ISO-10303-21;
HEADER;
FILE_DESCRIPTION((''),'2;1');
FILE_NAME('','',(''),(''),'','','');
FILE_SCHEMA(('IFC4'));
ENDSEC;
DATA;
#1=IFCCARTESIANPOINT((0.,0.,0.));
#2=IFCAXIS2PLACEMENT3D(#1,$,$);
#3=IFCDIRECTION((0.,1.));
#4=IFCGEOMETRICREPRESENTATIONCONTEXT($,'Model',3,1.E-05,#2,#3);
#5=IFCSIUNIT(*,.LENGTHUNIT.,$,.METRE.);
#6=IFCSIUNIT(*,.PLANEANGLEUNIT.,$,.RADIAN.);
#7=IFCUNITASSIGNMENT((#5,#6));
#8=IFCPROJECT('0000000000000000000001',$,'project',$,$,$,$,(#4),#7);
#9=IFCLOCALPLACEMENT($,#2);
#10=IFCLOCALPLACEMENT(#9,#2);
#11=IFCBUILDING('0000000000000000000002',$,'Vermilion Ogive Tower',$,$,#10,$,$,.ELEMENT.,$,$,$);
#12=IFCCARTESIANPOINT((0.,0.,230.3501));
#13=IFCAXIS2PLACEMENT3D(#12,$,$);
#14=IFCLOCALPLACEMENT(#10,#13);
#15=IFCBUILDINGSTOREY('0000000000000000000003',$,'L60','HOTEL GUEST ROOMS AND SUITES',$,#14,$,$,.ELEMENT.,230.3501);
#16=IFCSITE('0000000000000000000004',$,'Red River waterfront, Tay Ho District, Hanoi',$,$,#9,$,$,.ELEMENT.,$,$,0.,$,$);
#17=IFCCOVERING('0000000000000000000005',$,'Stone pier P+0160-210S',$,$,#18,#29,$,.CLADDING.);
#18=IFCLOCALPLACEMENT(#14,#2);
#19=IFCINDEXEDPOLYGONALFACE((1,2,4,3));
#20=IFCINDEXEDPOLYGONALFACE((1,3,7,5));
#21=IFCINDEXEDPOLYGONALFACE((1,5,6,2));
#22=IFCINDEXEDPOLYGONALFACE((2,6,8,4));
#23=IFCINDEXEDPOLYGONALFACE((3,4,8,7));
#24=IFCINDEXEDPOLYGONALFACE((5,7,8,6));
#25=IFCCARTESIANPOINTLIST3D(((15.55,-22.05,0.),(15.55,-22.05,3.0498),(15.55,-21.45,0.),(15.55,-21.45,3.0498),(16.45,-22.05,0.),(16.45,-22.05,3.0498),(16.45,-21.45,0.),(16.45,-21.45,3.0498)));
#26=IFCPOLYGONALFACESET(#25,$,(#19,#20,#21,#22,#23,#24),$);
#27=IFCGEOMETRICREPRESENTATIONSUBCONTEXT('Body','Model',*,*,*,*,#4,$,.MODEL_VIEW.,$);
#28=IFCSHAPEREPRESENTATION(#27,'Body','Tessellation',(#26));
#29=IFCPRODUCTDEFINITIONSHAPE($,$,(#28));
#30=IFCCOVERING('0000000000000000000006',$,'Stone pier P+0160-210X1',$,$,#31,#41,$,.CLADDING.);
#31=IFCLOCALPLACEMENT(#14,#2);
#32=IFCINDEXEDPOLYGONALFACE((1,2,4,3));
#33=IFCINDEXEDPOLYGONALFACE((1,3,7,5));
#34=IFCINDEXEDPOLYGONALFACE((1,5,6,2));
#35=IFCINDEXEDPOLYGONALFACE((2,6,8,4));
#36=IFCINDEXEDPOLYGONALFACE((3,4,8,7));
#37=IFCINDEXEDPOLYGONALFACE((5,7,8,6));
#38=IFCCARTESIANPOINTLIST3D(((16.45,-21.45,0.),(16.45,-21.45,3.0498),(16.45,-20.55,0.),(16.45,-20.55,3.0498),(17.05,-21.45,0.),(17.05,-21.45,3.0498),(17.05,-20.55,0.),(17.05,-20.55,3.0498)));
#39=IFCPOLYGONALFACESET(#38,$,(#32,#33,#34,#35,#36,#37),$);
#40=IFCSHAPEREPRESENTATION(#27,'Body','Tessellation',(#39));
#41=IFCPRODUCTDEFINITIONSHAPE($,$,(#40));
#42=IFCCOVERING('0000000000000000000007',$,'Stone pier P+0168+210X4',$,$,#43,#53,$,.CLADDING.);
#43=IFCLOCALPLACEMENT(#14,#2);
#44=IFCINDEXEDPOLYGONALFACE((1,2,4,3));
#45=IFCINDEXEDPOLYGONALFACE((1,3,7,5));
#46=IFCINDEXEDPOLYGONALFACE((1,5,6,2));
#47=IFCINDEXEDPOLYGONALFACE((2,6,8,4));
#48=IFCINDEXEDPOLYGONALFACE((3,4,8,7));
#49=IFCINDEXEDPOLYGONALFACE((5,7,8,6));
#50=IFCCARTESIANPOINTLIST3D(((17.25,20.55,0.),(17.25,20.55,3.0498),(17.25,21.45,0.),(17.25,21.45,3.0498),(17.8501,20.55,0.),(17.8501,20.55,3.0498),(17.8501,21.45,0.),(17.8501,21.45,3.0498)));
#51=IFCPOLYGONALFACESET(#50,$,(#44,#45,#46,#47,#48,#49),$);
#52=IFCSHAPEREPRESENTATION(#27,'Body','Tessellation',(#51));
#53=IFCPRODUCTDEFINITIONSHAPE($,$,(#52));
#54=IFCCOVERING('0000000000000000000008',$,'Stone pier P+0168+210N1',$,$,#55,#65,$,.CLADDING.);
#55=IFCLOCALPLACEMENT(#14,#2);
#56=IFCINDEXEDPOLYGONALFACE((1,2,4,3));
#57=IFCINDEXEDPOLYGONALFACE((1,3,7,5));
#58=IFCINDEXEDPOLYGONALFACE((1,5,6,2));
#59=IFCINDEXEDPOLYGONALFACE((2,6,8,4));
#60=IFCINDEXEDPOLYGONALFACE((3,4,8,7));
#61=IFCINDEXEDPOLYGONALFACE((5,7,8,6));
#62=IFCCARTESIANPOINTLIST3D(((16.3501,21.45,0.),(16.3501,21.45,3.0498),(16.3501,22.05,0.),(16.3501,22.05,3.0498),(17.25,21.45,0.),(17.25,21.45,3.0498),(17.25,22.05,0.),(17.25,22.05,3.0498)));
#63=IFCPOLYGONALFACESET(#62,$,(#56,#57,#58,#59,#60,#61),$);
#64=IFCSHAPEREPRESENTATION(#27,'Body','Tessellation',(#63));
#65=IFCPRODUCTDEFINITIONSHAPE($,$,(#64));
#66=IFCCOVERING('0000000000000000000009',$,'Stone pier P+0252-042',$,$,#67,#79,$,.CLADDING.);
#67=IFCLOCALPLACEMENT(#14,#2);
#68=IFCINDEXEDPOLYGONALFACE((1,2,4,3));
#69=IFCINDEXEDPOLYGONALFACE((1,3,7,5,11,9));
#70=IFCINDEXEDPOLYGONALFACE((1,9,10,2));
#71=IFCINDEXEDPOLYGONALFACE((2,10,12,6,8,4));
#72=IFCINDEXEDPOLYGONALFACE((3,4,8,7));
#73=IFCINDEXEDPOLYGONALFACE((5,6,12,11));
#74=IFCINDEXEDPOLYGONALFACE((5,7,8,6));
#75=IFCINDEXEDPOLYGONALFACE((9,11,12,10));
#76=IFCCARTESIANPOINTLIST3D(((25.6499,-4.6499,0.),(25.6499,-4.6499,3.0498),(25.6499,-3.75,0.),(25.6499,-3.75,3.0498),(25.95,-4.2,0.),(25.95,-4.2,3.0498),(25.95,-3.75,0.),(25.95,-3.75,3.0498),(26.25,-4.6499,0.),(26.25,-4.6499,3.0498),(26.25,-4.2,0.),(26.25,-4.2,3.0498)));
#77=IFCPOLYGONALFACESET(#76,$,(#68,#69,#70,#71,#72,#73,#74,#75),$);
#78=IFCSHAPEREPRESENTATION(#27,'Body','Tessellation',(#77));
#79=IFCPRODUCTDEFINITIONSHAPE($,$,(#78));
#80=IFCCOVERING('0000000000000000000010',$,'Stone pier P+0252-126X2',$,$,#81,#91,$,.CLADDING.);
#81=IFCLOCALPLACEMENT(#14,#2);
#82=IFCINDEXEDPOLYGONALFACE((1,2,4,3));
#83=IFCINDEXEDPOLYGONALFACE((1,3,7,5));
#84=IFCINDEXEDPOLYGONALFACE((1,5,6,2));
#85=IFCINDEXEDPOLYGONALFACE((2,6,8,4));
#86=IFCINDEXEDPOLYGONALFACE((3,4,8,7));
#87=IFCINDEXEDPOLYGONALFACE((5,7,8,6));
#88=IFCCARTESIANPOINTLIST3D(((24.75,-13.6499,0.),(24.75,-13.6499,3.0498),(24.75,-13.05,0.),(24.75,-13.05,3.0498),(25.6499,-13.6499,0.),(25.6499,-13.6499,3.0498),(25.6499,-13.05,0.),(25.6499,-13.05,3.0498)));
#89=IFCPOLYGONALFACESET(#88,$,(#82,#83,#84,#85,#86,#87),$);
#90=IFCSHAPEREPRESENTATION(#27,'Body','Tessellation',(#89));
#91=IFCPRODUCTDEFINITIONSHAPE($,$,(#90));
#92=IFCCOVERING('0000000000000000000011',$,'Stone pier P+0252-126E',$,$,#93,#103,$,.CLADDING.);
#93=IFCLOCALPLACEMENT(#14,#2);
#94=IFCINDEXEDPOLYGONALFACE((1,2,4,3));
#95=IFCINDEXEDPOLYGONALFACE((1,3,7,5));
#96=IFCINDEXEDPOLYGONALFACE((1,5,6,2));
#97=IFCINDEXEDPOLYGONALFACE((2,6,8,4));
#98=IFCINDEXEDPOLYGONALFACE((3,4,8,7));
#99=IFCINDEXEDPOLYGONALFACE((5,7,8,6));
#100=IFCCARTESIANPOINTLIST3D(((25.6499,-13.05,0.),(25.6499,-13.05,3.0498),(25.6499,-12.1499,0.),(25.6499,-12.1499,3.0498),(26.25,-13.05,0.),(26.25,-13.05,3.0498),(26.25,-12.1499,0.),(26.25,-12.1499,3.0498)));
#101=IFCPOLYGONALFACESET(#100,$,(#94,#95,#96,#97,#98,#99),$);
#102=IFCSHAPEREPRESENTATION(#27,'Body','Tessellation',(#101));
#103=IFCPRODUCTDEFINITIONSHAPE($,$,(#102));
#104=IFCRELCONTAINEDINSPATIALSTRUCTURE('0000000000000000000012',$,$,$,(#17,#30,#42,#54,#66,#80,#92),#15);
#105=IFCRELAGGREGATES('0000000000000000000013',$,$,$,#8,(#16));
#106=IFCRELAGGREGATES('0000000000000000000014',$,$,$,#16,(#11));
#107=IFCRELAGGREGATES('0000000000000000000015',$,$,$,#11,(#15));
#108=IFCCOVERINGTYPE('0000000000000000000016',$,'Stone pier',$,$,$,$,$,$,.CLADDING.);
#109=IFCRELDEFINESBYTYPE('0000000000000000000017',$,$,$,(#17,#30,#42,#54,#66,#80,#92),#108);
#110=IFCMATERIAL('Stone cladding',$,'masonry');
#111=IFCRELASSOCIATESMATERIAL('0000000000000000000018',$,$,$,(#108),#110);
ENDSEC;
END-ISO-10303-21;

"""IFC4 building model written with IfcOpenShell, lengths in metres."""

from ifc_helpers import new_model, si_unit, direction, frame, origin, place, context, subcontext, project, spatial, polyline, outline, extrude, material, type_object, element, save


model = new_model("IFC4")

# Units and contexts
model_context = context("Model", 3, precision=1e-05, world=origin(), true_north=direction((0.0, 1.0)))
body_context = subcontext(model_context, "Body", "Model", "MODEL_VIEW")
ifc_project = project(units=[si_unit("LENGTHUNIT", "METRE"), si_unit("PLANEANGLEUNIT", "RADIAN")], contexts=[model_context])

# Site, building, storey
site_placement = place(None, origin())
site = spatial("IfcSite", under=ifc_project, at=site_placement, Name="Red River waterfront, Tay Ho District, Hanoi", CompositionType="ELEMENT", RefElevation=0.0)
building_placement = place(site_placement, origin())
building = spatial("IfcBuilding", under=site, at=building_placement, Name="Vermilion Ogive Tower", CompositionType="ELEMENT")
storey_placement = place(building_placement, frame((0.0, 0.0, 230.3501)))
storey = spatial("IfcBuildingStorey", under=building, at=storey_placement, Name="L60", Description="HOTEL GUEST ROOMS AND SUITES", CompositionType="ELEMENT", Elevation=230.3501)

# Coverings
ifc_material_1 = material(Name="Stone cladding", Category="masonry")
covering_type_1 = type_object("IfcCoveringType", Name="Stone pier", PredefinedType="CLADDING", material=ifc_material_1)
covering_1_placement = place(storey_placement, origin())
element("IfcCovering", 1, at=covering_1_placement, inside=storey, type_object=covering_type_1, Name="Stone pier P+0160-210S", PredefinedType="CLADDING", context=body_context, shape_type="SweptSolid", body=[
    extrude(outline(polyline([(16.45, -21.45), (16.45, -21.45), (16.45, -22.05), (15.55, -22.05), (15.55, -21.45), (15.55, -21.45), (16.45, -21.45)])), origin(), (0.0, 0.0, 1.0), 3.0498),
])
covering_2_placement = place(storey_placement, origin())
element("IfcCovering", 2, at=covering_2_placement, inside=storey, type_object=covering_type_1, Name="Stone pier P+0160-210X1", PredefinedType="CLADDING", context=body_context, shape_type="SweptSolid", body=[
    extrude(outline(polyline([(17.05, -21.45), (16.45, -21.45), (16.45, -21.45), (16.45, -20.55), (17.05, -20.55), (17.05, -21.45)])), origin(), (0.0, 0.0, 1.0), 3.0498),
])
covering_3_placement = place(storey_placement, origin())
element("IfcCovering", 3, at=covering_3_placement, inside=storey, type_object=covering_type_1, Name="Stone pier P+0168+210X4", PredefinedType="CLADDING", context=body_context, shape_type="SweptSolid", body=[
    extrude(outline(polyline([(17.8501, 21.45), (17.8501, 20.55), (17.25, 20.55), (17.25, 21.45), (17.8501, 21.45)])), origin(), (0.0, 0.0, 1.0), 3.0498),
])
covering_4_placement = place(storey_placement, origin())
element("IfcCovering", 4, at=covering_4_placement, inside=storey, type_object=covering_type_1, Name="Stone pier P+0168+210N1", PredefinedType="CLADDING", context=body_context, shape_type="SweptSolid", body=[
    extrude(outline(polyline([(17.25, 22.05), (17.25, 21.45), (16.3501, 21.45), (16.3501, 22.05), (17.25, 22.05)])), origin(), (0.0, 0.0, 1.0), 3.0498),
])
covering_5_placement = place(storey_placement, origin())
element("IfcCovering", 5, at=covering_5_placement, inside=storey, type_object=covering_type_1, Name="Stone pier P+0252-042", PredefinedType="CLADDING", context=body_context, shape_type="SweptSolid", body=[
    extrude(outline(polyline([(25.95, -3.75), (25.95, -4.2), (26.25, -4.2), (26.25, -4.6499), (25.6499, -4.6499), (25.6499, -3.75), (25.95, -3.75)])), origin(), (0.0, 0.0, 1.0), 3.0498),
])
covering_6_placement = place(storey_placement, origin())
element("IfcCovering", 6, at=covering_6_placement, inside=storey, type_object=covering_type_1, Name="Stone pier P+0252-126X2", PredefinedType="CLADDING", context=body_context, shape_type="SweptSolid", body=[
    extrude(outline(polyline([(25.6499, -13.6499), (24.75, -13.6499), (24.75, -13.05), (25.6499, -13.05), (25.6499, -13.6499)])), origin(), (0.0, 0.0, 1.0), 3.0498),
])
covering_7_placement = place(storey_placement, origin())
element("IfcCovering", 7, at=covering_7_placement, inside=storey, type_object=covering_type_1, Name="Stone pier P+0252-126E", PredefinedType="CLADDING", context=body_context, shape_type="SweptSolid", body=[
    extrude(outline(polyline([(26.25, -13.05), (25.6499, -13.05), (25.6499, -12.1499), (26.25, -12.1499), (26.25, -13.05)])), origin(), (0.0, 0.0, 1.0), 3.0498),
])

save(model, "model.ifc")
